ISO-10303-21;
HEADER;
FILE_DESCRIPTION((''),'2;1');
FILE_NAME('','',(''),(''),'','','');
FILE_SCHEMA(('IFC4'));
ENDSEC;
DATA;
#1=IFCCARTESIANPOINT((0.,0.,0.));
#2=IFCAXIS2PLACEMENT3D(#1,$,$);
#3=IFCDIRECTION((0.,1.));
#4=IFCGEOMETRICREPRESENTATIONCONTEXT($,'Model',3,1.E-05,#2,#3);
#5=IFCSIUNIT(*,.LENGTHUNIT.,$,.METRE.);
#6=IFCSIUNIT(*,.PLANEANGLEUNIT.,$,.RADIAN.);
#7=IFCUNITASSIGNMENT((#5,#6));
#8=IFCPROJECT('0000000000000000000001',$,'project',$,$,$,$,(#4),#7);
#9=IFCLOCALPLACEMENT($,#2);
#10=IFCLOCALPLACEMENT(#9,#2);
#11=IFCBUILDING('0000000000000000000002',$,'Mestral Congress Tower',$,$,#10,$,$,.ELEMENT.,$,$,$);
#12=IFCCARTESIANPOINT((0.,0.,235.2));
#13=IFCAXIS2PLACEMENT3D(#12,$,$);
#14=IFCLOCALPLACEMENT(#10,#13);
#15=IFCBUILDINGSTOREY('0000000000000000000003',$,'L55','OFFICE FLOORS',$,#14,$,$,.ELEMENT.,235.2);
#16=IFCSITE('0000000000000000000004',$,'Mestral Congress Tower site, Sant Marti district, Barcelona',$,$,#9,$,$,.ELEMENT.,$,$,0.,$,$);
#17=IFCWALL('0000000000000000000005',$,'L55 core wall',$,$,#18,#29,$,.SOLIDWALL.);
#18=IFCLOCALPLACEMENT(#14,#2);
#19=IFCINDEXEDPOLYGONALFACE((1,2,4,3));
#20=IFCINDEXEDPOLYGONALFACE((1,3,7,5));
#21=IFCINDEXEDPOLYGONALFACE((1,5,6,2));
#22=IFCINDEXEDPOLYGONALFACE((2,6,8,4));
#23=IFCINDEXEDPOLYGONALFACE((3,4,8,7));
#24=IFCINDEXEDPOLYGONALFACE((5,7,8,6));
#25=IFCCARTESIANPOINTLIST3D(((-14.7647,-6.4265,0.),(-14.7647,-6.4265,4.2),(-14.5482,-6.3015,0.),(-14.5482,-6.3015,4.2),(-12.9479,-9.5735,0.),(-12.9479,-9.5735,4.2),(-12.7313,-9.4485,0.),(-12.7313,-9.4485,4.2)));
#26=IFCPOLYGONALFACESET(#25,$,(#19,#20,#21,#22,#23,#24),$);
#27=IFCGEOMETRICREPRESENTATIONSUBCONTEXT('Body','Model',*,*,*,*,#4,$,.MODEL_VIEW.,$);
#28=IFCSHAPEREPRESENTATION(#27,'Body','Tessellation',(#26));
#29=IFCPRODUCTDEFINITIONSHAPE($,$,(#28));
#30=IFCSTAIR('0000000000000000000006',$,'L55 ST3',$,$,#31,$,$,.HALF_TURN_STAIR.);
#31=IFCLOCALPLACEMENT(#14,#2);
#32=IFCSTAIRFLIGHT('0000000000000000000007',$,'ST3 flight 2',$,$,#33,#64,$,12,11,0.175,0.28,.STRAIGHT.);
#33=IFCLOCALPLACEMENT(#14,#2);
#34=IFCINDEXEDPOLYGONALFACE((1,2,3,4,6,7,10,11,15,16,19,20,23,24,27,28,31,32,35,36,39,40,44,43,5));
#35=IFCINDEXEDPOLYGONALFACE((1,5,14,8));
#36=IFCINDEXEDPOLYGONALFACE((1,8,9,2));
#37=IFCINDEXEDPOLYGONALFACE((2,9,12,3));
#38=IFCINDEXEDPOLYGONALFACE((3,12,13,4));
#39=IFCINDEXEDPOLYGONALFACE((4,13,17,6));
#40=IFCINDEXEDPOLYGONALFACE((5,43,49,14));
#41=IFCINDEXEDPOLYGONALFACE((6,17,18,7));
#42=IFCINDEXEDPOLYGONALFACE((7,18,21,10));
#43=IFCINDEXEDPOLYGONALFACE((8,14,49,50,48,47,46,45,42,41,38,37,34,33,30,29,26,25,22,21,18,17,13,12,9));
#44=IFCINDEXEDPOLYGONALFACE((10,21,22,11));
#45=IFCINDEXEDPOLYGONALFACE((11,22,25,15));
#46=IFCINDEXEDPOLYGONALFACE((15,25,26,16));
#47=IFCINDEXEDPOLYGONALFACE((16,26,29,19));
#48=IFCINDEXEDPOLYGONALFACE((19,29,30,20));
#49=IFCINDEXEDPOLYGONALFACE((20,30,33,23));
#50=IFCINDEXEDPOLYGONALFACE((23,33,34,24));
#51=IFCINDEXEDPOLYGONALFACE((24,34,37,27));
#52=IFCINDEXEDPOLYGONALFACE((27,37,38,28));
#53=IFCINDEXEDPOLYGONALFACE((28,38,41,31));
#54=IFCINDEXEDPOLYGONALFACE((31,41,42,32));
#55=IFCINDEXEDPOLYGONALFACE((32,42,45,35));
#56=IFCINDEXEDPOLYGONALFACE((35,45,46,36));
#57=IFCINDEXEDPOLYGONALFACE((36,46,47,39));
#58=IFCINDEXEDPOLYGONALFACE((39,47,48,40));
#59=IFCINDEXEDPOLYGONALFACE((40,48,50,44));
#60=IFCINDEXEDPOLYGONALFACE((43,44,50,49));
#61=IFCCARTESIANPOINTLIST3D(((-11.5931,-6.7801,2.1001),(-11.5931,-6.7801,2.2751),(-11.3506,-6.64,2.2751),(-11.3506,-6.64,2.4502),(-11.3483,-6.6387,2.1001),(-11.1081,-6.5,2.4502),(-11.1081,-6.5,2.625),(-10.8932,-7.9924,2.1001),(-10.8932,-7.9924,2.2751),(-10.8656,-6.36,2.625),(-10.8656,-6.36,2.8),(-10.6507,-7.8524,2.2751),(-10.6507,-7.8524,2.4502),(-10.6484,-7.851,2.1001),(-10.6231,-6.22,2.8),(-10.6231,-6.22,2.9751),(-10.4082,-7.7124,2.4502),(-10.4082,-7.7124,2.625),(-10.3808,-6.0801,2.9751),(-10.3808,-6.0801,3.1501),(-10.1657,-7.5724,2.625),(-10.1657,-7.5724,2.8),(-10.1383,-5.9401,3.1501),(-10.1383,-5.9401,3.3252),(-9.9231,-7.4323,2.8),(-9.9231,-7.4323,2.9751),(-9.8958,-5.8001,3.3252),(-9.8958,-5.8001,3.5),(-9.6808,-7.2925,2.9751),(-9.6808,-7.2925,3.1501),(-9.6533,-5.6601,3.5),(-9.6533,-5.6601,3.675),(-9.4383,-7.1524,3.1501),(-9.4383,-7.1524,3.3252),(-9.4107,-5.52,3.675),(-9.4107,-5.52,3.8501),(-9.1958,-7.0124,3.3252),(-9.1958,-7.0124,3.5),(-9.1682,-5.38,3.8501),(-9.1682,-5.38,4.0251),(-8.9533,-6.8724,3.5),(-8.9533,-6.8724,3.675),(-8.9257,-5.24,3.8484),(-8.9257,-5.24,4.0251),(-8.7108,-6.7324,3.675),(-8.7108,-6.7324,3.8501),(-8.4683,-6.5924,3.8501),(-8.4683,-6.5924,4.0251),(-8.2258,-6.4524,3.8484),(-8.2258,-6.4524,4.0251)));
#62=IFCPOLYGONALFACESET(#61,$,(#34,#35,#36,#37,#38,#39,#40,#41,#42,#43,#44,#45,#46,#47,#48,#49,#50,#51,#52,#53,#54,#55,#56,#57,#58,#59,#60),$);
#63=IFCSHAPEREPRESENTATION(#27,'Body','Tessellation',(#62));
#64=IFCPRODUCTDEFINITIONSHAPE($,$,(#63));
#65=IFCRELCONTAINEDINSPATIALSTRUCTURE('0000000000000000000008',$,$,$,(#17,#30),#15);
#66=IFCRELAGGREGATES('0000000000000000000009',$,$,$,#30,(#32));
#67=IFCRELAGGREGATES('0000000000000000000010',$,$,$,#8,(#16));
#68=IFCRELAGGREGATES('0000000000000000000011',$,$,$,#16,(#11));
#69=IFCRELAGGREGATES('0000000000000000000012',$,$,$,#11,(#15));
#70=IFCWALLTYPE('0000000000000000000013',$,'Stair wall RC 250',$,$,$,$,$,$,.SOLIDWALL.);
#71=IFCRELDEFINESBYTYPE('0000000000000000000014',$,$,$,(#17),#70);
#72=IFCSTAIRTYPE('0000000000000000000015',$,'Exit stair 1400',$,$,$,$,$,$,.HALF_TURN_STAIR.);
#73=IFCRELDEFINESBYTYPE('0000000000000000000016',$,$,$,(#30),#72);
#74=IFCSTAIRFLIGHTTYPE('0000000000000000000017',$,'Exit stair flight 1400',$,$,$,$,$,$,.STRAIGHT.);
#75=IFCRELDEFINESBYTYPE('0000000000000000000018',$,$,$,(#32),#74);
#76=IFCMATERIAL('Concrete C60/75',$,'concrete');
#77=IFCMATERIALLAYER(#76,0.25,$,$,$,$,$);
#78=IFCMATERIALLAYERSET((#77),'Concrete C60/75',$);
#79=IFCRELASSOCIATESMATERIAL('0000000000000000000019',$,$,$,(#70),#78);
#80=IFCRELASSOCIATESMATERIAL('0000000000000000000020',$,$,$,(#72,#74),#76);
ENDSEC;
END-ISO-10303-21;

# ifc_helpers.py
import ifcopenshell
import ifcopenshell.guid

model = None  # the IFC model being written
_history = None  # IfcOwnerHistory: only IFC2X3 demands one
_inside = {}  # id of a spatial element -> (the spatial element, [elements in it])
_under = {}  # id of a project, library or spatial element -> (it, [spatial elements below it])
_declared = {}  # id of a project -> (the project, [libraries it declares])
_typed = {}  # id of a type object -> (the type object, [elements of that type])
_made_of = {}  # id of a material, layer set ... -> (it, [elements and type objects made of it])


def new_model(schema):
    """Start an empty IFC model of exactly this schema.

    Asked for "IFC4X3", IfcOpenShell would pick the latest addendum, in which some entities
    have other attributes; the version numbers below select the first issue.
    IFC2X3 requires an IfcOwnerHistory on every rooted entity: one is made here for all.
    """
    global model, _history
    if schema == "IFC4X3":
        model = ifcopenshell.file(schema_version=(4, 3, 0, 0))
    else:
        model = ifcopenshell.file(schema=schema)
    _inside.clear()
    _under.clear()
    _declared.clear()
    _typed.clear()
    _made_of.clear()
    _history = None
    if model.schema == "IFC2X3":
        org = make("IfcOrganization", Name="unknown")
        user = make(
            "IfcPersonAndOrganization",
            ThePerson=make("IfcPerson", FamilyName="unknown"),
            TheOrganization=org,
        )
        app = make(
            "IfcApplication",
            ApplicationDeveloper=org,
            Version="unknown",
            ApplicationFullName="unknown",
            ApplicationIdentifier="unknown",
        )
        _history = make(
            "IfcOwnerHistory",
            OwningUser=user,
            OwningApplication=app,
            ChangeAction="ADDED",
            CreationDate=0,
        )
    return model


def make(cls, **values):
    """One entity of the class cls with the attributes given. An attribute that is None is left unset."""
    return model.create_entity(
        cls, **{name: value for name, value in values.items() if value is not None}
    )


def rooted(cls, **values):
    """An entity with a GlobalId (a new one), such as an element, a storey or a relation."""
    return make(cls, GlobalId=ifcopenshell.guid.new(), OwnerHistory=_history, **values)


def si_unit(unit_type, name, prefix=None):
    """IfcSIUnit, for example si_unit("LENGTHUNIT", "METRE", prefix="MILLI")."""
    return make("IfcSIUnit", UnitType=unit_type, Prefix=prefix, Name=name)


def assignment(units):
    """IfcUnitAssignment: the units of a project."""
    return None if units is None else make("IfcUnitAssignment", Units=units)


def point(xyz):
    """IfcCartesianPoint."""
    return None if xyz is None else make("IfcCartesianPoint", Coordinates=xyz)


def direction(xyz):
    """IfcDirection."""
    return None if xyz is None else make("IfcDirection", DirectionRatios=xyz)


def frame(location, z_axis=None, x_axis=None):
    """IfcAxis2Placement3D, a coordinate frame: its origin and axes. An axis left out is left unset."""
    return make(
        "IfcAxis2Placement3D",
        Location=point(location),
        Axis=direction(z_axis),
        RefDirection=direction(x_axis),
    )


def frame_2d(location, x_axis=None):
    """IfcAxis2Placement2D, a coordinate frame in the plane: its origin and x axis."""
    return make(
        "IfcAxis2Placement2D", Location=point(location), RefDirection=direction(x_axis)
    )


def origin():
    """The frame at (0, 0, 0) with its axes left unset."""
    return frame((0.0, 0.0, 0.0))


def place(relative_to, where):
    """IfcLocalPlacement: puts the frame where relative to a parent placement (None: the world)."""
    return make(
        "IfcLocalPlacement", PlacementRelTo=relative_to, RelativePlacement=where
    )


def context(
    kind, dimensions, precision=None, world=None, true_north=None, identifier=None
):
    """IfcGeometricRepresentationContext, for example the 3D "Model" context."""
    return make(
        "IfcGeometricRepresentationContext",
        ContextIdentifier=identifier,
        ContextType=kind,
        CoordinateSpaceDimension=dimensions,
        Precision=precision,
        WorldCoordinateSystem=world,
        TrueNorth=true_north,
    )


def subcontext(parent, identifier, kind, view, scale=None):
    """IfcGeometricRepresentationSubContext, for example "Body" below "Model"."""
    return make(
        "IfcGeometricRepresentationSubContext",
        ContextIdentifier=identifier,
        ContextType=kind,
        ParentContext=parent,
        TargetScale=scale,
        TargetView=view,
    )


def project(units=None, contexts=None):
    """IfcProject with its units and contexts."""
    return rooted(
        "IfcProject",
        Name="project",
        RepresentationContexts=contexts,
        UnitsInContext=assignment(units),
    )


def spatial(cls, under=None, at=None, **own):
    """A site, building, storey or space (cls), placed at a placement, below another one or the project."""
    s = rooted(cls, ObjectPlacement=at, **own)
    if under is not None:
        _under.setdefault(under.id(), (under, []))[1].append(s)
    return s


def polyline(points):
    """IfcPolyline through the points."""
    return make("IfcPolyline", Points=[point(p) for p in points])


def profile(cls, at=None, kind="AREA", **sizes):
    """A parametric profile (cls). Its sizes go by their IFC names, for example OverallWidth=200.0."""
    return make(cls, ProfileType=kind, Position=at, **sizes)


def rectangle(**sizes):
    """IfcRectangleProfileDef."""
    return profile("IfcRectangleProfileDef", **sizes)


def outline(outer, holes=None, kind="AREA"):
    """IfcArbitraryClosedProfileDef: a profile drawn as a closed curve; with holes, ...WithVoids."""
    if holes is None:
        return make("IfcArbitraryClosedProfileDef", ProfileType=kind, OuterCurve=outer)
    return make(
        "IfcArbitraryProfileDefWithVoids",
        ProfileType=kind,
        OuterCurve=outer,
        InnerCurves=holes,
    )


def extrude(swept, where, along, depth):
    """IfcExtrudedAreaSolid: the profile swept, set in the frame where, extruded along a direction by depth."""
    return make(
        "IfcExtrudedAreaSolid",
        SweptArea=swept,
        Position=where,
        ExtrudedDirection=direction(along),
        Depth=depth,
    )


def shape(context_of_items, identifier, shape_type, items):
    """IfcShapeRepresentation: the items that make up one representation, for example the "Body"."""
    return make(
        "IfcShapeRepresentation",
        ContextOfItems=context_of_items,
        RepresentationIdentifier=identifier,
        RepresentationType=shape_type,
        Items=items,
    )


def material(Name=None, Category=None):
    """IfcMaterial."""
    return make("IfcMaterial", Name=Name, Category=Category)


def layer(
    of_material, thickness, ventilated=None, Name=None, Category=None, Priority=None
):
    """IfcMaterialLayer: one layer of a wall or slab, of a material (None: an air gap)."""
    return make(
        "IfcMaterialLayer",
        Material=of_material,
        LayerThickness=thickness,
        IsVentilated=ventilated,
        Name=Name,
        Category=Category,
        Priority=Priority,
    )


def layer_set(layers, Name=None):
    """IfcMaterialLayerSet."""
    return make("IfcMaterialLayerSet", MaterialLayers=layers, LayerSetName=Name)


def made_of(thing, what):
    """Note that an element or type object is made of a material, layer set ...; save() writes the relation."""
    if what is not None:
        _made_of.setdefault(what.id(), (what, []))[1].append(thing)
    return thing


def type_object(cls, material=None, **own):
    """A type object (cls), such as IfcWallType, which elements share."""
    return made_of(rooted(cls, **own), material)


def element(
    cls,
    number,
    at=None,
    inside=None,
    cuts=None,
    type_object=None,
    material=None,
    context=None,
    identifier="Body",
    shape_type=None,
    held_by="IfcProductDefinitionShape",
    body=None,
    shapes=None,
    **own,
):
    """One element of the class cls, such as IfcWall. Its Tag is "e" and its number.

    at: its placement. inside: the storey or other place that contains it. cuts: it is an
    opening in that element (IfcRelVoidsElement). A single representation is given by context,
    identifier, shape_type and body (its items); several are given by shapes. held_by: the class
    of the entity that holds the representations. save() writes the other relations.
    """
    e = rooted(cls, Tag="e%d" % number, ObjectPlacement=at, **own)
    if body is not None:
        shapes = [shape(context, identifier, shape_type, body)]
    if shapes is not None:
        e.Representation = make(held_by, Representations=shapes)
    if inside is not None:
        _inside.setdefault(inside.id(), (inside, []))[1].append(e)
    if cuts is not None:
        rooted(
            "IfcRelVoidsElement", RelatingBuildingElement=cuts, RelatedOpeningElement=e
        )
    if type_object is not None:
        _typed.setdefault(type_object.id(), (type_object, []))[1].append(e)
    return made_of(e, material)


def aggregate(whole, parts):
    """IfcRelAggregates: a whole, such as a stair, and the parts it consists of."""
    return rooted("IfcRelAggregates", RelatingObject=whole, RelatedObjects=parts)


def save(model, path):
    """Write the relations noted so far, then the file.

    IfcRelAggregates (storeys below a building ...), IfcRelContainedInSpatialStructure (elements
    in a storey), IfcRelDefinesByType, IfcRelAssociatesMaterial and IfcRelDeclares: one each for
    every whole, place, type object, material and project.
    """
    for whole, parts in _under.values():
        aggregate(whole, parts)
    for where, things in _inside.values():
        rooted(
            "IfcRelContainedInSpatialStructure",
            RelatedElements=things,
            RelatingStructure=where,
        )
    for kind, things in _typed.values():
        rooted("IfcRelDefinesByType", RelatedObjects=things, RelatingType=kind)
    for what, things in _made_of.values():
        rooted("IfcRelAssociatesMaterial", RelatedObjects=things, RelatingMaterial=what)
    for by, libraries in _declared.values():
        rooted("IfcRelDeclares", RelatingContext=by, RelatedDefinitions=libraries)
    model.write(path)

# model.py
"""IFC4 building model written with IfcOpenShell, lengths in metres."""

from ifc_helpers import new_model, si_unit, direction, frame, frame_2d, origin, place, context, subcontext, project, spatial, polyline, rectangle, outline, extrude, material, layer, layer_set, type_object, element, aggregate, save


model = new_model("IFC4")

# Units and contexts
model_context = context("Model", 3, precision=1e-05, world=origin(), true_north=direction((0.0, 1.0)))
body_context = subcontext(model_context, "Body", "Model", "MODEL_VIEW")
ifc_project = project(units=[si_unit("LENGTHUNIT", "METRE"), si_unit("PLANEANGLEUNIT", "RADIAN")], contexts=[model_context])

# Site, building, storey
site_placement = place(None, origin())
site = spatial("IfcSite", under=ifc_project, at=site_placement, Name="Mestral Congress Tower site, Sant Marti district, Barcelona", CompositionType="ELEMENT", RefElevation=0.0)
building_placement = place(site_placement, origin())
building = spatial("IfcBuilding", under=site, at=building_placement, Name="Mestral Congress Tower", CompositionType="ELEMENT")
storey_placement = place(building_placement, frame((0.0, 0.0, 235.2)))
storey = spatial("IfcBuildingStorey", under=building, at=storey_placement, Name="L55", Description="OFFICE FLOORS", CompositionType="ELEMENT", Elevation=235.2)

# Shared definitions
ifc_material_1 = material(Name="Concrete C60/75", Category="concrete")

# Wall
ifc_layer_1 = layer(ifc_material_1, 0.25)
ifc_layer_set_1 = layer_set([ifc_layer_1], Name="Concrete C60/75")
wall_type_1 = type_object("IfcWallType", Name="Stair wall RC 250", PredefinedType="SOLIDWALL", material=ifc_layer_set_1)
wall_1_placement = place(storey_placement, frame((-12.8396, -9.511, 0.0), z_axis=(0.0, 0.0, 1.0), x_axis=(-0.499998, 0.866027, 0.0)))
element("IfcWall", 1, at=wall_1_placement, inside=storey, type_object=wall_type_1, Name="L55 core wall", PredefinedType="SOLIDWALL", context=body_context, shape_type="SweptSolid", body=[
    extrude(rectangle(XDim=3.6338, YDim=0.25, at=frame_2d((1.8169, 0.0))), origin(), (0.0, 0.0, 1.0), 4.2),
])

# Stair, stair flight
stair_type = type_object("IfcStairType", Name="Exit stair 1400", PredefinedType="HALF_TURN_STAIR", material=ifc_material_1)
stair_placement = place(storey_placement, origin())
stair = element("IfcStair", 2, at=stair_placement, inside=storey, type_object=stair_type, Name="L55 ST3", PredefinedType="HALF_TURN_STAIR")
stair_flight_type = type_object("IfcStairFlightType", Name="Exit stair flight 1400", PredefinedType="STRAIGHT", material=ifc_material_1)
stair_flight_placement = place(storey_placement, frame((-11.2432, -7.3862, 2.1001), z_axis=(0.0, 0.0, 1.0), x_axis=(0.866025, 0.5, 0.0)))
stair_flight = element("IfcStairFlight", 3, at=stair_flight_placement, type_object=stair_flight_type, Name="ST3 flight 2", NumberOfRisers=12, NumberOfTreads=11, PredefinedType="STRAIGHT", RiserHeight=0.175, TreadLength=0.28, context=body_context, shape_type="SweptSolid", body=[
    extrude(outline(polyline([(0.0, 0.0), (0.0, 0.175), (0.28, 0.175), (0.28, 0.3501), (0.5601, 0.3501), (0.5601, 0.5249), (0.8401, 0.5249), (0.8401, 0.7), (1.1201, 0.7), (1.1201, 0.875), (1.3999, 0.875), (1.3999, 1.05), (1.6799, 1.05), (1.6799, 1.2251), (1.96, 1.2251), (1.96, 1.3999), (2.24, 1.3999), (2.24, 1.575), (2.52, 1.575), (2.52, 1.75), (2.8, 1.75), (2.8, 1.925), (3.0801, 1.925), (3.0801, 2.1001), (3.0801, 1.7483), (0.2827, 0.0), (0.0, 0.0)])), frame((0.0, 0.7, 0.0), z_axis=(0.0, -1.0, 0.0), x_axis=(1.0, 0.0, 0.0)), (0.0, 0.0, 1.0), 1.3999),
])
aggregate(stair, [stair_flight])

save(model, "model.ifc")
